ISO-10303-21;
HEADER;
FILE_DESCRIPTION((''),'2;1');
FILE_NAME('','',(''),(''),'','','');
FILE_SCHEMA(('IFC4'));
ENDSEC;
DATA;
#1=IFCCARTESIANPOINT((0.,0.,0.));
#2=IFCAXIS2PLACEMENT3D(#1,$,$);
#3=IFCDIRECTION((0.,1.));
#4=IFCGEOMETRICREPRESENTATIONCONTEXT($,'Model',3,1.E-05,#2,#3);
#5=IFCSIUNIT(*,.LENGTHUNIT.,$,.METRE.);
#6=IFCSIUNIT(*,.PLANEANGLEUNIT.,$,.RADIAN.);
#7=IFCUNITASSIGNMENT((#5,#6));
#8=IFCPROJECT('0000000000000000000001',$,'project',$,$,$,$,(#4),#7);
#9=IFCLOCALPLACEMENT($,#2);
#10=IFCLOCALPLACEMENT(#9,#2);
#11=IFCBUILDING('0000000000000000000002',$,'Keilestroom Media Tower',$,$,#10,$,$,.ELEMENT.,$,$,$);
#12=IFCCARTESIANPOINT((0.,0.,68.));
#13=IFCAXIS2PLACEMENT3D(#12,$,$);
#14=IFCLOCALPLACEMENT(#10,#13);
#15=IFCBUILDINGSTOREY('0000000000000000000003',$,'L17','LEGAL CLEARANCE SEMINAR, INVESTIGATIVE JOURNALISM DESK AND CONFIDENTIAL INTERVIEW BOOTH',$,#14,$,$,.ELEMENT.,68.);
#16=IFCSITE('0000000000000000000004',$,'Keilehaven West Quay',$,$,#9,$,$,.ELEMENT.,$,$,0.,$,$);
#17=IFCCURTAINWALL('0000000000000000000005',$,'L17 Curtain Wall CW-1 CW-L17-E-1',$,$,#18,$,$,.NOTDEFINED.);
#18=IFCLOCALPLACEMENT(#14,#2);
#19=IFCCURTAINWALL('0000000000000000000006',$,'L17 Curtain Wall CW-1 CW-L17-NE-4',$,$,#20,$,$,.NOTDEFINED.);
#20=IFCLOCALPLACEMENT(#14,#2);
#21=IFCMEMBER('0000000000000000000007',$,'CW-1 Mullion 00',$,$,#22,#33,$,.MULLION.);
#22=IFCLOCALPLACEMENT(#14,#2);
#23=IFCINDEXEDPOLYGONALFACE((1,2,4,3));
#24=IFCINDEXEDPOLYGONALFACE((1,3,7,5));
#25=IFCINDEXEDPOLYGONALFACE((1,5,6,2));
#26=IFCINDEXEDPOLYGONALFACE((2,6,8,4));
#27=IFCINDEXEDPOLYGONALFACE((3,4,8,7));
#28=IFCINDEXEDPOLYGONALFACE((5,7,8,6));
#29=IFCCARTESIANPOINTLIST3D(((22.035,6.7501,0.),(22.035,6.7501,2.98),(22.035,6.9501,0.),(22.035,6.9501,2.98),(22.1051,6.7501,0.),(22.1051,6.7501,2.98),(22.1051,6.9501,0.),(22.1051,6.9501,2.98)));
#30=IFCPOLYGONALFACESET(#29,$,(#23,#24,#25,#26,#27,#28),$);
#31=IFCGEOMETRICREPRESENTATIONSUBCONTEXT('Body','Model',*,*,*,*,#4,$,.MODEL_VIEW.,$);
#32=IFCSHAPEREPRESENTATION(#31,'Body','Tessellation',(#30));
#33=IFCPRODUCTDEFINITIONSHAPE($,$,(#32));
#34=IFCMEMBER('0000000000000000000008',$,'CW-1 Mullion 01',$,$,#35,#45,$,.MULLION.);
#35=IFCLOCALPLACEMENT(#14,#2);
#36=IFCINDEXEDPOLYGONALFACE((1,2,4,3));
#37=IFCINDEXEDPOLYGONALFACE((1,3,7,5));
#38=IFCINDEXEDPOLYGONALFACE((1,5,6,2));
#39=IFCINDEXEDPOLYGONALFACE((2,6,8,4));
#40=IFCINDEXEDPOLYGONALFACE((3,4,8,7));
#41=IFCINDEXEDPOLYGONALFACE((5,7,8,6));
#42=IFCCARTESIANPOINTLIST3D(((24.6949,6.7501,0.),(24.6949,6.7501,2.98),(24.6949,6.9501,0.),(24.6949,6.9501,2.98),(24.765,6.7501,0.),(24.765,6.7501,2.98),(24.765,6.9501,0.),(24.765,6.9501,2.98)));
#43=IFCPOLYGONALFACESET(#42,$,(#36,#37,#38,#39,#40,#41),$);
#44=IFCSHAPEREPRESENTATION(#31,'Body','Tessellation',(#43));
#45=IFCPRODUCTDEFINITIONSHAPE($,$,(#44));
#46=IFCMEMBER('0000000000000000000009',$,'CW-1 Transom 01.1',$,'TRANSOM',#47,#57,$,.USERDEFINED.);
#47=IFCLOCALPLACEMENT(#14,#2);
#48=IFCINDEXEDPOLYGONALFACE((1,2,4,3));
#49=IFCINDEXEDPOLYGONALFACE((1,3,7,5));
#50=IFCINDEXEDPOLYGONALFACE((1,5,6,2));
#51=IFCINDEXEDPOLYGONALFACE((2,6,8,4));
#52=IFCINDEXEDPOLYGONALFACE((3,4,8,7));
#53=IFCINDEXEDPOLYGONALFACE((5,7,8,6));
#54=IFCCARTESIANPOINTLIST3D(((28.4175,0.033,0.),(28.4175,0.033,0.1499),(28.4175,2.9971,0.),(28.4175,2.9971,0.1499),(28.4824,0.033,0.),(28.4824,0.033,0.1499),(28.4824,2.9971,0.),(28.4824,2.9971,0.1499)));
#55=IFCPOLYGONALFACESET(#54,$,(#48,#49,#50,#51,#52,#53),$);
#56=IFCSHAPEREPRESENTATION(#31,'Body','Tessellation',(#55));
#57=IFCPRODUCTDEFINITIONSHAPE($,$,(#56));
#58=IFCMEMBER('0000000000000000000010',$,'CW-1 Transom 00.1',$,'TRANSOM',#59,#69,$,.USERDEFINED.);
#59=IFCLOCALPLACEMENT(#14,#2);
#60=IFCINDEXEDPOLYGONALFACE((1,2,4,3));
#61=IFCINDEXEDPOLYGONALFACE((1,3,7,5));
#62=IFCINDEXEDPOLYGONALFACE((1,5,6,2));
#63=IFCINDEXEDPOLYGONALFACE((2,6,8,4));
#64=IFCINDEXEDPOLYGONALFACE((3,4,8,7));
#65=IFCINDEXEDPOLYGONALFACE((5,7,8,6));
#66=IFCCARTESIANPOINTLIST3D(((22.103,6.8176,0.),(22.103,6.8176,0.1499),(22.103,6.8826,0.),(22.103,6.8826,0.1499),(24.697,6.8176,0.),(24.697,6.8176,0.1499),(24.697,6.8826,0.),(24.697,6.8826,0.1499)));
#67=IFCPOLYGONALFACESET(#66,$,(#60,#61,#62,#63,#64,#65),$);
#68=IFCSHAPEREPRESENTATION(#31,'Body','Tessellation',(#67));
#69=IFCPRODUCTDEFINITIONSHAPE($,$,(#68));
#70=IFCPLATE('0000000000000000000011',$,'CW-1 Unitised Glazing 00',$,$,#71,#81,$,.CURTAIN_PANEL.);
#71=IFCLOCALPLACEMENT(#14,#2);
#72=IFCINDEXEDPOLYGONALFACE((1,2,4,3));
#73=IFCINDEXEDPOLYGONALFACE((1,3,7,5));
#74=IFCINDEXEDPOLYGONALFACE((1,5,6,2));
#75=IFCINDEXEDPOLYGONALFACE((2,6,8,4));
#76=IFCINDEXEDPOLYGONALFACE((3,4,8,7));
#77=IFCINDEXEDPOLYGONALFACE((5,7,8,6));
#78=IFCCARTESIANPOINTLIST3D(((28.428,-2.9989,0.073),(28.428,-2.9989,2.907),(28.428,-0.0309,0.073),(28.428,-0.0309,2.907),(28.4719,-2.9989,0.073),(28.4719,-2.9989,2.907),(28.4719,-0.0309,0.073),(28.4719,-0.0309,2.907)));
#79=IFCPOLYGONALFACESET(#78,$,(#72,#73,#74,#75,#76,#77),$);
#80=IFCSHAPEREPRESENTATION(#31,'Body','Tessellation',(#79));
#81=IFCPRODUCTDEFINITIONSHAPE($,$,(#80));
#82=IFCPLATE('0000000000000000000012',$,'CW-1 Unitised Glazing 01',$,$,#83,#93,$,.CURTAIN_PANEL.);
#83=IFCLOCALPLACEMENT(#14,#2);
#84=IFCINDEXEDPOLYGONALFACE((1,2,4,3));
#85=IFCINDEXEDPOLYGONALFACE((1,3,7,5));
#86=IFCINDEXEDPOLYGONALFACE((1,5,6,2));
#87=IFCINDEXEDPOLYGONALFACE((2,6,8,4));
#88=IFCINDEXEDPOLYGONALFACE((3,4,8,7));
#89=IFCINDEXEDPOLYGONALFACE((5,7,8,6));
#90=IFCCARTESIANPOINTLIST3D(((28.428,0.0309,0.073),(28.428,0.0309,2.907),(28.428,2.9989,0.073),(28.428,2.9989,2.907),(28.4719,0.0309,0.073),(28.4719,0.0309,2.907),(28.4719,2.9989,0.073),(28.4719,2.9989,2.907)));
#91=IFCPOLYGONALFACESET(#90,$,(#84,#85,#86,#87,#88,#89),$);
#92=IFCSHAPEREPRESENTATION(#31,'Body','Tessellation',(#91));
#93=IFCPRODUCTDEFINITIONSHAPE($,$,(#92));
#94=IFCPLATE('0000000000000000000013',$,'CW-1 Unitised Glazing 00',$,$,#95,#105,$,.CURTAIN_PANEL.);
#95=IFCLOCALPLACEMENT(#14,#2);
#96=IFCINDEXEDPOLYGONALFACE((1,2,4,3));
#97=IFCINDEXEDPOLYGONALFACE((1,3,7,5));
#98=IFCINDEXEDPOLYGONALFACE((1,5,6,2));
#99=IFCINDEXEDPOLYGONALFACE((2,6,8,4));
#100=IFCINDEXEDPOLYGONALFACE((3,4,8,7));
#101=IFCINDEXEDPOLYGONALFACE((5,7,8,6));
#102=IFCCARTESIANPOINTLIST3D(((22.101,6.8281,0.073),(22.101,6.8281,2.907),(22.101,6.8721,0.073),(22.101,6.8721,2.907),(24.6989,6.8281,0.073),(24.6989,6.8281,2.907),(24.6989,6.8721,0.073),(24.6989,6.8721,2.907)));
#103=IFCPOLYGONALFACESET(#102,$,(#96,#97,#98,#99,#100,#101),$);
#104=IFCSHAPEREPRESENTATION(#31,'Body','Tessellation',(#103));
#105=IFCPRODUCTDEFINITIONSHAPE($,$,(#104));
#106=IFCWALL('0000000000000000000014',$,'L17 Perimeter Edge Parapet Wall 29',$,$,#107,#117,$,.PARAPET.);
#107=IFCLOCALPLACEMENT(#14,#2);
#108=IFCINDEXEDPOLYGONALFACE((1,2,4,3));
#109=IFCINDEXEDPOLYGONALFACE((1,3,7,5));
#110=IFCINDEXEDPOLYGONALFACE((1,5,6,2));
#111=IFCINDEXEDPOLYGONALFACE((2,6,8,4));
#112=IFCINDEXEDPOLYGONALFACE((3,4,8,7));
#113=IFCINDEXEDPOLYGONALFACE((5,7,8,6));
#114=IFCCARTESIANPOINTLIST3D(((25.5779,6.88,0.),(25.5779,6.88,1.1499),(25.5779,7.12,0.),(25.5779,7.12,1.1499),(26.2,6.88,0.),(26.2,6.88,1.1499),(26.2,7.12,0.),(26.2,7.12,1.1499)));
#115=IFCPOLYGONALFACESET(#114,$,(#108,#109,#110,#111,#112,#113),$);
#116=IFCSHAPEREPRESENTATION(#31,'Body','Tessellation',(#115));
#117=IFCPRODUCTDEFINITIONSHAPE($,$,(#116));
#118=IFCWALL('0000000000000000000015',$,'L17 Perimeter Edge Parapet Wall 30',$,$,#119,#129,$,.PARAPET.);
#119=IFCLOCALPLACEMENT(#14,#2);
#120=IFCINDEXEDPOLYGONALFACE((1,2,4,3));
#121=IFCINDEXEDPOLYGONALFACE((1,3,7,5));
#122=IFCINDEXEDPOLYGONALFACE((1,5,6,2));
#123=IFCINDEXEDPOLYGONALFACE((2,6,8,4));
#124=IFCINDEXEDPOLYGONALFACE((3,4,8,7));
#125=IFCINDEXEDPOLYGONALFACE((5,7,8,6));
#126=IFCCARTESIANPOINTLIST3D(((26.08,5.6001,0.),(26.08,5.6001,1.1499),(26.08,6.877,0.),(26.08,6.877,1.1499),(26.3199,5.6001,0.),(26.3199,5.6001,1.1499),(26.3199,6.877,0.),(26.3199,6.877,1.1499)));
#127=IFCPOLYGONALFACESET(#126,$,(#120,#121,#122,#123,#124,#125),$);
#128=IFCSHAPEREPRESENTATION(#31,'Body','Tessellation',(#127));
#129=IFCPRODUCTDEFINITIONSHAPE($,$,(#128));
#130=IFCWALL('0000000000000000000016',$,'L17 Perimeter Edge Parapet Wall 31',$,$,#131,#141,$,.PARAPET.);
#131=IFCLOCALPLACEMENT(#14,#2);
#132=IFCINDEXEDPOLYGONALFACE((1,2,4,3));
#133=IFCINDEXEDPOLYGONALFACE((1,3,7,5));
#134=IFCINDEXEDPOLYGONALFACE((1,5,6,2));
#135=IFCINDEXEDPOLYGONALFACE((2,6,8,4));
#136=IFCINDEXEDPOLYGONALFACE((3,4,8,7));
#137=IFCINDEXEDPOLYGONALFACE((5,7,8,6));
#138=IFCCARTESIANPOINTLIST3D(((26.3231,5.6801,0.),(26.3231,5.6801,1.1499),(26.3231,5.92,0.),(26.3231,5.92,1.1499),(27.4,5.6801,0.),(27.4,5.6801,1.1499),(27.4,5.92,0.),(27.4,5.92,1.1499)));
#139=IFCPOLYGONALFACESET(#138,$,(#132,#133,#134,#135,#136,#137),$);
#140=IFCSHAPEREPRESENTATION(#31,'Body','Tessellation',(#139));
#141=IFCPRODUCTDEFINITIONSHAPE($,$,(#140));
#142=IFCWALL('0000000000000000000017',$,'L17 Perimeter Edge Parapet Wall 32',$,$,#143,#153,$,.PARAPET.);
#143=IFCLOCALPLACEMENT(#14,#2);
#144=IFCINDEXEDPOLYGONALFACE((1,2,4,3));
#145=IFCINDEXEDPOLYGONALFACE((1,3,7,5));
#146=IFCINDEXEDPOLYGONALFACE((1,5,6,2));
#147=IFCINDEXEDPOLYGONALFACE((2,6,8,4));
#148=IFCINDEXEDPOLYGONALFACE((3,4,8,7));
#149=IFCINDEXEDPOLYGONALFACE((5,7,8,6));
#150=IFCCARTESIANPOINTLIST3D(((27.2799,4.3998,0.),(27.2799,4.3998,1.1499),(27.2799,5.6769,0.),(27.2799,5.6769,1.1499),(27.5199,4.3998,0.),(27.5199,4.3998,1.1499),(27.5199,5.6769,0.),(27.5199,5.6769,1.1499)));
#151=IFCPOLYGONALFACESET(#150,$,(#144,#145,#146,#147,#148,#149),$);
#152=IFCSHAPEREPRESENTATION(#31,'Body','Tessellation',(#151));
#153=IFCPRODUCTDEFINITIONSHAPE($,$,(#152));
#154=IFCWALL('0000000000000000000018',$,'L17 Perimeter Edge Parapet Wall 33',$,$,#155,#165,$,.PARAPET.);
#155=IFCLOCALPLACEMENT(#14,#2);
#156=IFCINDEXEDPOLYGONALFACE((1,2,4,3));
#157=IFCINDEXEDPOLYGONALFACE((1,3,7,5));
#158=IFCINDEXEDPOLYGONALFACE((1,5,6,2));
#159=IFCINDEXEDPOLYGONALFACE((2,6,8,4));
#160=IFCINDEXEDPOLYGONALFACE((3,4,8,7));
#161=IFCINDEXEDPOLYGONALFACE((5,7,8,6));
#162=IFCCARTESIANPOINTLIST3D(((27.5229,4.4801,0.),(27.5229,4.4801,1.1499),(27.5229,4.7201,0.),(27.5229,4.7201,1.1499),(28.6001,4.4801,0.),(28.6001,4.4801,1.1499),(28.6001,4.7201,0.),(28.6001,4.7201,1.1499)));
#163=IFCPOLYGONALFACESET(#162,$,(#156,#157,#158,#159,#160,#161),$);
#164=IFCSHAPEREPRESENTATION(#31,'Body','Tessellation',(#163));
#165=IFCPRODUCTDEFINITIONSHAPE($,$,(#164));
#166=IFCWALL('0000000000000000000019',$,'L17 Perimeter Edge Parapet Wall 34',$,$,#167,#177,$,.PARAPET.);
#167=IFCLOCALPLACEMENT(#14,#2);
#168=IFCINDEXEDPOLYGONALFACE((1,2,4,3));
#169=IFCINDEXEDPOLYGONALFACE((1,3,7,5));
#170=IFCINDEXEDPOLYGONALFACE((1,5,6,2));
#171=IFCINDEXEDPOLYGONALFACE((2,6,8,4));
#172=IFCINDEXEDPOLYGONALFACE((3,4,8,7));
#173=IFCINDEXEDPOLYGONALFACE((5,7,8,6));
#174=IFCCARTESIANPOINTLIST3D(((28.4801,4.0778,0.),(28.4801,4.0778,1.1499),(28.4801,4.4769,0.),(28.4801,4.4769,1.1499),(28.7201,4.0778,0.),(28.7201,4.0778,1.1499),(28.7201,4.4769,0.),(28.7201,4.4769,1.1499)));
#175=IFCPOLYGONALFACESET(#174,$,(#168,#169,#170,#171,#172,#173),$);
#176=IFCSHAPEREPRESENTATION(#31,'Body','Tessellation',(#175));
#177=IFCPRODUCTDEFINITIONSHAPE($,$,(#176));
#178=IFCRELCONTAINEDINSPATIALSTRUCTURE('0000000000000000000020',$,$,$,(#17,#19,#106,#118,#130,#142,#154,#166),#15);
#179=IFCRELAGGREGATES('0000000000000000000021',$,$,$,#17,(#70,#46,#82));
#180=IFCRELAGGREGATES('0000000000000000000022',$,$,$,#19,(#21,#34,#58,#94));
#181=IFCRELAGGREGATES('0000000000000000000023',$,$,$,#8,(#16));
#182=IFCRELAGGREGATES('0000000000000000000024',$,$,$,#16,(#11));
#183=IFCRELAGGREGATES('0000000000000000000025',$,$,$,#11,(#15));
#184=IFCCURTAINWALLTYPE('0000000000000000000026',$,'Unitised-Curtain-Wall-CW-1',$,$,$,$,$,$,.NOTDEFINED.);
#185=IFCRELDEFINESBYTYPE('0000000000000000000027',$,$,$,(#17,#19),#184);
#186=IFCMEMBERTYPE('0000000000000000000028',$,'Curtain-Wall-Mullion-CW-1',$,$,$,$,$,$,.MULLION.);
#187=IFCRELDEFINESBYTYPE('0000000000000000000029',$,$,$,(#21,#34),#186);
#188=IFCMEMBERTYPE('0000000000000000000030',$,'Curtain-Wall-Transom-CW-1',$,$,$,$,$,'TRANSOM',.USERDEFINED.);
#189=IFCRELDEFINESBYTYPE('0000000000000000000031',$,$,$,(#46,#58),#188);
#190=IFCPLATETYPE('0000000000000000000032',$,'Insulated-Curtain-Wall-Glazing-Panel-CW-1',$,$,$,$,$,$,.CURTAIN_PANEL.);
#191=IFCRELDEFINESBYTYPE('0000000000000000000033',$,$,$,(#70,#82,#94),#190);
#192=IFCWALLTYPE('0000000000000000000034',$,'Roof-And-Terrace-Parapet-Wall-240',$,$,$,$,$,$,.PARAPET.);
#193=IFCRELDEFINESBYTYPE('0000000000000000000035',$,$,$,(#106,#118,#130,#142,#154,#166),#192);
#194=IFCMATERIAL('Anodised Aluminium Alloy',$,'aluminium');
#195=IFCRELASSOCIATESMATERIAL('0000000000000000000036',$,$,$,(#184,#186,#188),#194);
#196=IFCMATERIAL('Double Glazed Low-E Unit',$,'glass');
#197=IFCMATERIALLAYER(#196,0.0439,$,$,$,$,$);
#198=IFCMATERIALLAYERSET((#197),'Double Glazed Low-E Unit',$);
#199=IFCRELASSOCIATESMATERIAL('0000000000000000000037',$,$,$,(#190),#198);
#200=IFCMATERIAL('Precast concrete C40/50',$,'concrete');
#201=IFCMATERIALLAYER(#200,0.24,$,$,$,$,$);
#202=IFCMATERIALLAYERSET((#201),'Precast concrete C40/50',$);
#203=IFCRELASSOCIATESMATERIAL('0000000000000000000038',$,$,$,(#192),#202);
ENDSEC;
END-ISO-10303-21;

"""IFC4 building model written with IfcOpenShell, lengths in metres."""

from ifc_helpers import new_model, si_unit, direction, frame, frame_2d, origin, origin_2d, place, context, subcontext, project, spatial, rectangle, extrude, source, transform, mapped, material, layer, layer_set, material_profile, profile_set, type_object, element, aggregate, save


model = new_model("IFC4")

# Units and contexts
model_context = context("Model", 3, precision=1e-05, world=origin(), true_north=direction((0.0, 1.0)))
body_context = subcontext(model_context, "Body", "Model", "MODEL_VIEW")
ifc_project = project(units=[si_unit("LENGTHUNIT", "METRE"), si_unit("PLANEANGLEUNIT", "RADIAN")], contexts=[model_context])

# Site, building, storey
site_placement = place(None, origin())
site = spatial("IfcSite", under=ifc_project, at=site_placement, Name="Keilehaven West Quay", CompositionType="ELEMENT", RefElevation=0.0)
building_placement = place(site_placement, origin())
building = spatial("IfcBuilding", under=site, at=building_placement, Name="Keilestroom Media Tower", CompositionType="ELEMENT")
storey_placement = place(building_placement, frame((0.0, 0.0, 68.0)))
storey = spatial("IfcBuildingStorey", under=building, at=storey_placement, Name="L17", Description="LEGAL CLEARANCE SEMINAR, INVESTIGATIVE JOURNALISM DESK AND CONFIDENTIAL INTERVIEW BOOTH", CompositionType="ELEMENT", Elevation=68.0)

# Shared definitions
ifc_material_1 = material(Name="Precast concrete C40/50", Category="concrete")

# Curtain walls, members
ifc_material_2 = material(Name="Anodised Aluminium Alloy", Category="aluminium")
curtain_wall_type = type_object("IfcCurtainWallType", Name="Unitised-Curtain-Wall-CW-1", PredefinedType="NOTDEFINED", material=ifc_material_2)
curtain_wall_1_placement = place(storey_placement, origin())
curtain_wall_1 = element("IfcCurtainWall", 1, at=curtain_wall_1_placement, inside=storey, type_object=curtain_wall_type, Name="L17 Curtain Wall CW-1 CW-L17-E-1", PredefinedType="NOTDEFINED")
ifc_material_profile_1 = material_profile(ifc_material_2, rectangle(XDim=0.0701, YDim=0.2, at=origin_2d()), Name="ALU MULLION 70x200")
ifc_profile_set_1 = profile_set([ifc_material_profile_1], Name="Anodised Aluminium Alloy")
member_type_1 = type_object("IfcMemberType", Name="Curtain-Wall-Mullion-CW-1", PredefinedType="MULLION", material=ifc_profile_set_1)
shared_shape_1 = source(origin(), body_context, "Body", "SweptSolid", [
    extrude(rectangle(XDim=0.0701, YDim=0.2, at=origin_2d()), origin(), (0.0, 0.0, 1.0), 2.98),
])
curtain_wall_2_placement = place(storey_placement, origin())
curtain_wall_2 = element("IfcCurtainWall", 2, at=curtain_wall_2_placement, inside=storey, type_object=curtain_wall_type, Name="L17 Curtain Wall CW-1 CW-L17-NE-4", PredefinedType="NOTDEFINED")
member_1_placement = place(storey_placement, frame((22.0701, 6.8501, 0.0), z_axis=(0.0, 0.0, 1.0), x_axis=(1.0, 0.0, 0.0)))
member_1 = element("IfcMember", 3, at=member_1_placement, type_object=member_type_1, Name="CW-1 Mullion 00", PredefinedType="MULLION", context=body_context, shape_type="MappedRepresentation", body=[
    mapped(shared_shape_1, transform((0.0, 0.0, 0.0), x_axis=(1.0, 0.0, 0.0), y_axis=(0.0, 1.0, 0.0), z_axis=(0.0, 0.0, 1.0), scale=1.0)),
])
member_2_placement = place(storey_placement, frame((24.73, 6.8501, 0.0), z_axis=(0.0, 0.0, 1.0), x_axis=(1.0, 0.0, 0.0)))
member_2 = element("IfcMember", 4, at=member_2_placement, type_object=member_type_1, Name="CW-1 Mullion 01", PredefinedType="MULLION", context=body_context, shape_type="MappedRepresentation", body=[
    mapped(shared_shape_1, transform((0.0, 0.0, 0.0), x_axis=(1.0, 0.0, 0.0), y_axis=(0.0, 1.0, 0.0), z_axis=(0.0, 0.0, 1.0), scale=1.0)),
])

# Members
ifc_material_profile_2 = material_profile(ifc_material_2, rectangle(XDim=0.0649, YDim=0.1499, at=origin_2d()), Name="ALU TRANSOM 65x150")
ifc_profile_set_2 = profile_set([ifc_material_profile_2], Name="Anodised Aluminium Alloy")
member_type_2 = type_object("IfcMemberType", Name="Curtain-Wall-Transom-CW-1", ElementType="TRANSOM", PredefinedType="USERDEFINED", material=ifc_profile_set_2)
shared_shape_2 = source(origin(), body_context, "Body", "SweptSolid", [
    extrude(rectangle(XDim=0.0649, YDim=0.1499, at=origin_2d()), origin(), (0.0, 0.0, 1.0), 2.9641),
])
member_3_placement = place(storey_placement, frame((28.45, 0.033, 0.075), z_axis=(0.0, 1.0, 0.0), x_axis=(-1.0, 0.0, 0.0)))
member_3 = element("IfcMember", 5, at=member_3_placement, type_object=member_type_2, Name="CW-1 Transom 01.1", ObjectType="TRANSOM", PredefinedType="USERDEFINED", context=body_context, shape_type="MappedRepresentation", body=[
    mapped(shared_shape_2, transform((0.0, 0.0, 0.0), x_axis=(1.0, 0.0, 0.0), y_axis=(0.0, 1.0, 0.0), z_axis=(0.0, 0.0, 1.0), scale=1.0)),
])
shared_shape_3 = source(origin(), body_context, "Body", "SweptSolid", [
    extrude(rectangle(XDim=0.0649, YDim=0.1499, at=origin_2d()), origin(), (0.0, 0.0, 1.0), 2.594),
])
member_4_placement = place(storey_placement, frame((22.103, 6.8501, 0.075), z_axis=(1.0, 0.0, 0.0), x_axis=(0.0, 1.0, 0.0)))
member_4 = element("IfcMember", 6, at=member_4_placement, type_object=member_type_2, Name="CW-1 Transom 00.1", ObjectType="TRANSOM", PredefinedType="USERDEFINED", context=body_context, shape_type="MappedRepresentation", body=[
    mapped(shared_shape_3, transform((0.0, 0.0, 0.0), x_axis=(1.0, 0.0, 0.0), y_axis=(0.0, 1.0, 0.0), z_axis=(0.0, 0.0, 1.0), scale=1.0)),
])

# Plates
ifc_material_3 = material(Name="Double Glazed Low-E Unit", Category="glass")
ifc_layer_1 = layer(ifc_material_3, 0.0439)
ifc_layer_set_1 = layer_set([ifc_layer_1], Name="Double Glazed Low-E Unit")
plate_type = type_object("IfcPlateType", Name="Insulated-Curtain-Wall-Glazing-Panel-CW-1", PredefinedType="CURTAIN_PANEL", material=ifc_layer_set_1)
shared_shape_4 = source(origin(), body_context, "Body", "SweptSolid", [
    extrude(rectangle(XDim=2.968, YDim=0.0439, at=origin_2d()), origin(), (0.0, 0.0, 1.0), 2.834),
])
plate_1_placement = place(storey_placement, frame((28.45, -1.5149, 0.073), z_axis=(0.0, 0.0, 1.0), x_axis=(0.0, 1.0, 0.0)))
plate_1 = element("IfcPlate", 7, at=plate_1_placement, type_object=plate_type, Name="CW-1 Unitised Glazing 00", PredefinedType="CURTAIN_PANEL", context=body_context, shape_type="MappedRepresentation", body=[
    mapped(shared_shape_4, transform((0.0, 0.0, 0.0), x_axis=(1.0, 0.0, 0.0), y_axis=(0.0, 1.0, 0.0), z_axis=(0.0, 0.0, 1.0), scale=1.0)),
])
plate_2_placement = place(storey_placement, frame((28.45, 1.5149, 0.073), z_axis=(0.0, 0.0, 1.0), x_axis=(0.0, 1.0, 0.0)))
plate_2 = element("IfcPlate", 8, at=plate_2_placement, type_object=plate_type, Name="CW-1 Unitised Glazing 01", PredefinedType="CURTAIN_PANEL", context=body_context, shape_type="MappedRepresentation", body=[
    mapped(shared_shape_4, transform((0.0, 0.0, 0.0), x_axis=(1.0, 0.0, 0.0), y_axis=(0.0, 1.0, 0.0), z_axis=(0.0, 0.0, 1.0), scale=1.0)),
])
aggregate(curtain_wall_1, [plate_1, member_3, plate_2])
shared_shape_5 = source(origin(), body_context, "Body", "SweptSolid", [
    extrude(rectangle(XDim=2.5979, YDim=0.0439, at=origin_2d()), origin(), (0.0, 0.0, 1.0), 2.834),
])
plate_3_placement = place(storey_placement, frame((23.3999, 6.8501, 0.073), z_axis=(0.0, 0.0, 1.0), x_axis=(1.0, 0.0, 0.0)))
plate_3 = element("IfcPlate", 9, at=plate_3_placement, type_object=plate_type, Name="CW-1 Unitised Glazing 00", PredefinedType="CURTAIN_PANEL", context=body_context, shape_type="MappedRepresentation", body=[
    mapped(shared_shape_5, transform((0.0, 0.0, 0.0), x_axis=(1.0, 0.0, 0.0), y_axis=(0.0, 1.0, 0.0), z_axis=(0.0, 0.0, 1.0), scale=1.0)),
])
aggregate(curtain_wall_2, [member_1, member_2, member_4, plate_3])

# Walls
ifc_layer_2 = layer(ifc_material_1, 0.24)
ifc_layer_set_2 = layer_set([ifc_layer_2], Name="Precast concrete C40/50")
wall_type = type_object("IfcWallType", Name="Roof-And-Terrace-Parapet-Wall-240", PredefinedType="PARAPET", material=ifc_layer_set_2)
wall_1_placement = place(storey_placement, frame((25.5779, 7.0, 0.0), z_axis=(0.0, 0.0, 1.0), x_axis=(1.0, 0.0, 0.0)))
element("IfcWall", 10, at=wall_1_placement, inside=storey, type_object=wall_type, Name="L17 Perimeter Edge Parapet Wall 29", PredefinedType="PARAPET", context=body_context, shape_type="SweptSolid", body=[
    extrude(rectangle(XDim=0.6221, YDim=0.24, at=frame_2d((0.311, 0.0))), origin(), (0.0, 0.0, 1.0), 1.1499),
])
wall_2_placement = place(storey_placement, frame((26.2, 6.877, 0.0), z_axis=(0.0, 0.0, 1.0), x_axis=(0.0, -1.0, 0.0)))
element("IfcWall", 11, at=wall_2_placement, inside=storey, type_object=wall_type, Name="L17 Perimeter Edge Parapet Wall 30", PredefinedType="PARAPET", context=body_context, shape_type="SweptSolid", body=[
    extrude(rectangle(XDim=1.2769, YDim=0.24, at=frame_2d((0.6384, 0.0))), origin(), (0.0, 0.0, 1.0), 1.1499),
])
wall_3_placement = place(storey_placement, frame((26.323, 5.8, 0.0), z_axis=(0.0, 0.0, 1.0), x_axis=(1.0, 0.0, 0.0)))
element("IfcWall", 12, at=wall_3_placement, inside=storey, type_object=wall_type, Name="L17 Perimeter Edge Parapet Wall 31", PredefinedType="PARAPET", context=body_context, shape_type="SweptSolid", body=[
    extrude(rectangle(XDim=1.0769, YDim=0.24, at=frame_2d((0.5386, 0.0))), origin(), (0.0, 0.0, 1.0), 1.1499),
])
wall_4_placement = place(storey_placement, frame((27.3999, 5.677, 0.0), z_axis=(0.0, 0.0, 1.0), x_axis=(0.0, -1.0, 0.0)))
element("IfcWall", 13, at=wall_4_placement, inside=storey, type_object=wall_type, Name="L17 Perimeter Edge Parapet Wall 32", PredefinedType="PARAPET", context=body_context, shape_type="SweptSolid", body=[
    extrude(rectangle(XDim=1.2771, YDim=0.24, at=frame_2d((0.6387, 0.0))), origin(), (0.0, 0.0, 1.0), 1.1499),
])
wall_5_placement = place(storey_placement, frame((27.5229, 4.6001, 0.0), z_axis=(0.0, 0.0, 1.0), x_axis=(1.0, 0.0, 0.0)))
element("IfcWall", 14, at=wall_5_placement, inside=storey, type_object=wall_type, Name="L17 Perimeter Edge Parapet Wall 33", PredefinedType="PARAPET", context=body_context, shape_type="SweptSolid", body=[
    extrude(rectangle(XDim=1.0771, YDim=0.24, at=frame_2d((0.5386, 0.0))), origin(), (0.0, 0.0, 1.0), 1.1499),
])
wall_6_placement = place(storey_placement, frame((28.6001, 4.4771, 0.0), z_axis=(0.0, 0.0, 1.0), x_axis=(0.0, -1.0, 0.0)))
element("IfcWall", 15, at=wall_6_placement, inside=storey, type_object=wall_type, Name="L17 Perimeter Edge Parapet Wall 34", PredefinedType="PARAPET", context=body_context, shape_type="SweptSolid", body=[
    extrude(rectangle(XDim=0.3992, YDim=0.24, at=frame_2d((0.1997, 0.0))), origin(), (0.0, 0.0, 1.0), 1.1499),
])

save(model, "model.ifc")
